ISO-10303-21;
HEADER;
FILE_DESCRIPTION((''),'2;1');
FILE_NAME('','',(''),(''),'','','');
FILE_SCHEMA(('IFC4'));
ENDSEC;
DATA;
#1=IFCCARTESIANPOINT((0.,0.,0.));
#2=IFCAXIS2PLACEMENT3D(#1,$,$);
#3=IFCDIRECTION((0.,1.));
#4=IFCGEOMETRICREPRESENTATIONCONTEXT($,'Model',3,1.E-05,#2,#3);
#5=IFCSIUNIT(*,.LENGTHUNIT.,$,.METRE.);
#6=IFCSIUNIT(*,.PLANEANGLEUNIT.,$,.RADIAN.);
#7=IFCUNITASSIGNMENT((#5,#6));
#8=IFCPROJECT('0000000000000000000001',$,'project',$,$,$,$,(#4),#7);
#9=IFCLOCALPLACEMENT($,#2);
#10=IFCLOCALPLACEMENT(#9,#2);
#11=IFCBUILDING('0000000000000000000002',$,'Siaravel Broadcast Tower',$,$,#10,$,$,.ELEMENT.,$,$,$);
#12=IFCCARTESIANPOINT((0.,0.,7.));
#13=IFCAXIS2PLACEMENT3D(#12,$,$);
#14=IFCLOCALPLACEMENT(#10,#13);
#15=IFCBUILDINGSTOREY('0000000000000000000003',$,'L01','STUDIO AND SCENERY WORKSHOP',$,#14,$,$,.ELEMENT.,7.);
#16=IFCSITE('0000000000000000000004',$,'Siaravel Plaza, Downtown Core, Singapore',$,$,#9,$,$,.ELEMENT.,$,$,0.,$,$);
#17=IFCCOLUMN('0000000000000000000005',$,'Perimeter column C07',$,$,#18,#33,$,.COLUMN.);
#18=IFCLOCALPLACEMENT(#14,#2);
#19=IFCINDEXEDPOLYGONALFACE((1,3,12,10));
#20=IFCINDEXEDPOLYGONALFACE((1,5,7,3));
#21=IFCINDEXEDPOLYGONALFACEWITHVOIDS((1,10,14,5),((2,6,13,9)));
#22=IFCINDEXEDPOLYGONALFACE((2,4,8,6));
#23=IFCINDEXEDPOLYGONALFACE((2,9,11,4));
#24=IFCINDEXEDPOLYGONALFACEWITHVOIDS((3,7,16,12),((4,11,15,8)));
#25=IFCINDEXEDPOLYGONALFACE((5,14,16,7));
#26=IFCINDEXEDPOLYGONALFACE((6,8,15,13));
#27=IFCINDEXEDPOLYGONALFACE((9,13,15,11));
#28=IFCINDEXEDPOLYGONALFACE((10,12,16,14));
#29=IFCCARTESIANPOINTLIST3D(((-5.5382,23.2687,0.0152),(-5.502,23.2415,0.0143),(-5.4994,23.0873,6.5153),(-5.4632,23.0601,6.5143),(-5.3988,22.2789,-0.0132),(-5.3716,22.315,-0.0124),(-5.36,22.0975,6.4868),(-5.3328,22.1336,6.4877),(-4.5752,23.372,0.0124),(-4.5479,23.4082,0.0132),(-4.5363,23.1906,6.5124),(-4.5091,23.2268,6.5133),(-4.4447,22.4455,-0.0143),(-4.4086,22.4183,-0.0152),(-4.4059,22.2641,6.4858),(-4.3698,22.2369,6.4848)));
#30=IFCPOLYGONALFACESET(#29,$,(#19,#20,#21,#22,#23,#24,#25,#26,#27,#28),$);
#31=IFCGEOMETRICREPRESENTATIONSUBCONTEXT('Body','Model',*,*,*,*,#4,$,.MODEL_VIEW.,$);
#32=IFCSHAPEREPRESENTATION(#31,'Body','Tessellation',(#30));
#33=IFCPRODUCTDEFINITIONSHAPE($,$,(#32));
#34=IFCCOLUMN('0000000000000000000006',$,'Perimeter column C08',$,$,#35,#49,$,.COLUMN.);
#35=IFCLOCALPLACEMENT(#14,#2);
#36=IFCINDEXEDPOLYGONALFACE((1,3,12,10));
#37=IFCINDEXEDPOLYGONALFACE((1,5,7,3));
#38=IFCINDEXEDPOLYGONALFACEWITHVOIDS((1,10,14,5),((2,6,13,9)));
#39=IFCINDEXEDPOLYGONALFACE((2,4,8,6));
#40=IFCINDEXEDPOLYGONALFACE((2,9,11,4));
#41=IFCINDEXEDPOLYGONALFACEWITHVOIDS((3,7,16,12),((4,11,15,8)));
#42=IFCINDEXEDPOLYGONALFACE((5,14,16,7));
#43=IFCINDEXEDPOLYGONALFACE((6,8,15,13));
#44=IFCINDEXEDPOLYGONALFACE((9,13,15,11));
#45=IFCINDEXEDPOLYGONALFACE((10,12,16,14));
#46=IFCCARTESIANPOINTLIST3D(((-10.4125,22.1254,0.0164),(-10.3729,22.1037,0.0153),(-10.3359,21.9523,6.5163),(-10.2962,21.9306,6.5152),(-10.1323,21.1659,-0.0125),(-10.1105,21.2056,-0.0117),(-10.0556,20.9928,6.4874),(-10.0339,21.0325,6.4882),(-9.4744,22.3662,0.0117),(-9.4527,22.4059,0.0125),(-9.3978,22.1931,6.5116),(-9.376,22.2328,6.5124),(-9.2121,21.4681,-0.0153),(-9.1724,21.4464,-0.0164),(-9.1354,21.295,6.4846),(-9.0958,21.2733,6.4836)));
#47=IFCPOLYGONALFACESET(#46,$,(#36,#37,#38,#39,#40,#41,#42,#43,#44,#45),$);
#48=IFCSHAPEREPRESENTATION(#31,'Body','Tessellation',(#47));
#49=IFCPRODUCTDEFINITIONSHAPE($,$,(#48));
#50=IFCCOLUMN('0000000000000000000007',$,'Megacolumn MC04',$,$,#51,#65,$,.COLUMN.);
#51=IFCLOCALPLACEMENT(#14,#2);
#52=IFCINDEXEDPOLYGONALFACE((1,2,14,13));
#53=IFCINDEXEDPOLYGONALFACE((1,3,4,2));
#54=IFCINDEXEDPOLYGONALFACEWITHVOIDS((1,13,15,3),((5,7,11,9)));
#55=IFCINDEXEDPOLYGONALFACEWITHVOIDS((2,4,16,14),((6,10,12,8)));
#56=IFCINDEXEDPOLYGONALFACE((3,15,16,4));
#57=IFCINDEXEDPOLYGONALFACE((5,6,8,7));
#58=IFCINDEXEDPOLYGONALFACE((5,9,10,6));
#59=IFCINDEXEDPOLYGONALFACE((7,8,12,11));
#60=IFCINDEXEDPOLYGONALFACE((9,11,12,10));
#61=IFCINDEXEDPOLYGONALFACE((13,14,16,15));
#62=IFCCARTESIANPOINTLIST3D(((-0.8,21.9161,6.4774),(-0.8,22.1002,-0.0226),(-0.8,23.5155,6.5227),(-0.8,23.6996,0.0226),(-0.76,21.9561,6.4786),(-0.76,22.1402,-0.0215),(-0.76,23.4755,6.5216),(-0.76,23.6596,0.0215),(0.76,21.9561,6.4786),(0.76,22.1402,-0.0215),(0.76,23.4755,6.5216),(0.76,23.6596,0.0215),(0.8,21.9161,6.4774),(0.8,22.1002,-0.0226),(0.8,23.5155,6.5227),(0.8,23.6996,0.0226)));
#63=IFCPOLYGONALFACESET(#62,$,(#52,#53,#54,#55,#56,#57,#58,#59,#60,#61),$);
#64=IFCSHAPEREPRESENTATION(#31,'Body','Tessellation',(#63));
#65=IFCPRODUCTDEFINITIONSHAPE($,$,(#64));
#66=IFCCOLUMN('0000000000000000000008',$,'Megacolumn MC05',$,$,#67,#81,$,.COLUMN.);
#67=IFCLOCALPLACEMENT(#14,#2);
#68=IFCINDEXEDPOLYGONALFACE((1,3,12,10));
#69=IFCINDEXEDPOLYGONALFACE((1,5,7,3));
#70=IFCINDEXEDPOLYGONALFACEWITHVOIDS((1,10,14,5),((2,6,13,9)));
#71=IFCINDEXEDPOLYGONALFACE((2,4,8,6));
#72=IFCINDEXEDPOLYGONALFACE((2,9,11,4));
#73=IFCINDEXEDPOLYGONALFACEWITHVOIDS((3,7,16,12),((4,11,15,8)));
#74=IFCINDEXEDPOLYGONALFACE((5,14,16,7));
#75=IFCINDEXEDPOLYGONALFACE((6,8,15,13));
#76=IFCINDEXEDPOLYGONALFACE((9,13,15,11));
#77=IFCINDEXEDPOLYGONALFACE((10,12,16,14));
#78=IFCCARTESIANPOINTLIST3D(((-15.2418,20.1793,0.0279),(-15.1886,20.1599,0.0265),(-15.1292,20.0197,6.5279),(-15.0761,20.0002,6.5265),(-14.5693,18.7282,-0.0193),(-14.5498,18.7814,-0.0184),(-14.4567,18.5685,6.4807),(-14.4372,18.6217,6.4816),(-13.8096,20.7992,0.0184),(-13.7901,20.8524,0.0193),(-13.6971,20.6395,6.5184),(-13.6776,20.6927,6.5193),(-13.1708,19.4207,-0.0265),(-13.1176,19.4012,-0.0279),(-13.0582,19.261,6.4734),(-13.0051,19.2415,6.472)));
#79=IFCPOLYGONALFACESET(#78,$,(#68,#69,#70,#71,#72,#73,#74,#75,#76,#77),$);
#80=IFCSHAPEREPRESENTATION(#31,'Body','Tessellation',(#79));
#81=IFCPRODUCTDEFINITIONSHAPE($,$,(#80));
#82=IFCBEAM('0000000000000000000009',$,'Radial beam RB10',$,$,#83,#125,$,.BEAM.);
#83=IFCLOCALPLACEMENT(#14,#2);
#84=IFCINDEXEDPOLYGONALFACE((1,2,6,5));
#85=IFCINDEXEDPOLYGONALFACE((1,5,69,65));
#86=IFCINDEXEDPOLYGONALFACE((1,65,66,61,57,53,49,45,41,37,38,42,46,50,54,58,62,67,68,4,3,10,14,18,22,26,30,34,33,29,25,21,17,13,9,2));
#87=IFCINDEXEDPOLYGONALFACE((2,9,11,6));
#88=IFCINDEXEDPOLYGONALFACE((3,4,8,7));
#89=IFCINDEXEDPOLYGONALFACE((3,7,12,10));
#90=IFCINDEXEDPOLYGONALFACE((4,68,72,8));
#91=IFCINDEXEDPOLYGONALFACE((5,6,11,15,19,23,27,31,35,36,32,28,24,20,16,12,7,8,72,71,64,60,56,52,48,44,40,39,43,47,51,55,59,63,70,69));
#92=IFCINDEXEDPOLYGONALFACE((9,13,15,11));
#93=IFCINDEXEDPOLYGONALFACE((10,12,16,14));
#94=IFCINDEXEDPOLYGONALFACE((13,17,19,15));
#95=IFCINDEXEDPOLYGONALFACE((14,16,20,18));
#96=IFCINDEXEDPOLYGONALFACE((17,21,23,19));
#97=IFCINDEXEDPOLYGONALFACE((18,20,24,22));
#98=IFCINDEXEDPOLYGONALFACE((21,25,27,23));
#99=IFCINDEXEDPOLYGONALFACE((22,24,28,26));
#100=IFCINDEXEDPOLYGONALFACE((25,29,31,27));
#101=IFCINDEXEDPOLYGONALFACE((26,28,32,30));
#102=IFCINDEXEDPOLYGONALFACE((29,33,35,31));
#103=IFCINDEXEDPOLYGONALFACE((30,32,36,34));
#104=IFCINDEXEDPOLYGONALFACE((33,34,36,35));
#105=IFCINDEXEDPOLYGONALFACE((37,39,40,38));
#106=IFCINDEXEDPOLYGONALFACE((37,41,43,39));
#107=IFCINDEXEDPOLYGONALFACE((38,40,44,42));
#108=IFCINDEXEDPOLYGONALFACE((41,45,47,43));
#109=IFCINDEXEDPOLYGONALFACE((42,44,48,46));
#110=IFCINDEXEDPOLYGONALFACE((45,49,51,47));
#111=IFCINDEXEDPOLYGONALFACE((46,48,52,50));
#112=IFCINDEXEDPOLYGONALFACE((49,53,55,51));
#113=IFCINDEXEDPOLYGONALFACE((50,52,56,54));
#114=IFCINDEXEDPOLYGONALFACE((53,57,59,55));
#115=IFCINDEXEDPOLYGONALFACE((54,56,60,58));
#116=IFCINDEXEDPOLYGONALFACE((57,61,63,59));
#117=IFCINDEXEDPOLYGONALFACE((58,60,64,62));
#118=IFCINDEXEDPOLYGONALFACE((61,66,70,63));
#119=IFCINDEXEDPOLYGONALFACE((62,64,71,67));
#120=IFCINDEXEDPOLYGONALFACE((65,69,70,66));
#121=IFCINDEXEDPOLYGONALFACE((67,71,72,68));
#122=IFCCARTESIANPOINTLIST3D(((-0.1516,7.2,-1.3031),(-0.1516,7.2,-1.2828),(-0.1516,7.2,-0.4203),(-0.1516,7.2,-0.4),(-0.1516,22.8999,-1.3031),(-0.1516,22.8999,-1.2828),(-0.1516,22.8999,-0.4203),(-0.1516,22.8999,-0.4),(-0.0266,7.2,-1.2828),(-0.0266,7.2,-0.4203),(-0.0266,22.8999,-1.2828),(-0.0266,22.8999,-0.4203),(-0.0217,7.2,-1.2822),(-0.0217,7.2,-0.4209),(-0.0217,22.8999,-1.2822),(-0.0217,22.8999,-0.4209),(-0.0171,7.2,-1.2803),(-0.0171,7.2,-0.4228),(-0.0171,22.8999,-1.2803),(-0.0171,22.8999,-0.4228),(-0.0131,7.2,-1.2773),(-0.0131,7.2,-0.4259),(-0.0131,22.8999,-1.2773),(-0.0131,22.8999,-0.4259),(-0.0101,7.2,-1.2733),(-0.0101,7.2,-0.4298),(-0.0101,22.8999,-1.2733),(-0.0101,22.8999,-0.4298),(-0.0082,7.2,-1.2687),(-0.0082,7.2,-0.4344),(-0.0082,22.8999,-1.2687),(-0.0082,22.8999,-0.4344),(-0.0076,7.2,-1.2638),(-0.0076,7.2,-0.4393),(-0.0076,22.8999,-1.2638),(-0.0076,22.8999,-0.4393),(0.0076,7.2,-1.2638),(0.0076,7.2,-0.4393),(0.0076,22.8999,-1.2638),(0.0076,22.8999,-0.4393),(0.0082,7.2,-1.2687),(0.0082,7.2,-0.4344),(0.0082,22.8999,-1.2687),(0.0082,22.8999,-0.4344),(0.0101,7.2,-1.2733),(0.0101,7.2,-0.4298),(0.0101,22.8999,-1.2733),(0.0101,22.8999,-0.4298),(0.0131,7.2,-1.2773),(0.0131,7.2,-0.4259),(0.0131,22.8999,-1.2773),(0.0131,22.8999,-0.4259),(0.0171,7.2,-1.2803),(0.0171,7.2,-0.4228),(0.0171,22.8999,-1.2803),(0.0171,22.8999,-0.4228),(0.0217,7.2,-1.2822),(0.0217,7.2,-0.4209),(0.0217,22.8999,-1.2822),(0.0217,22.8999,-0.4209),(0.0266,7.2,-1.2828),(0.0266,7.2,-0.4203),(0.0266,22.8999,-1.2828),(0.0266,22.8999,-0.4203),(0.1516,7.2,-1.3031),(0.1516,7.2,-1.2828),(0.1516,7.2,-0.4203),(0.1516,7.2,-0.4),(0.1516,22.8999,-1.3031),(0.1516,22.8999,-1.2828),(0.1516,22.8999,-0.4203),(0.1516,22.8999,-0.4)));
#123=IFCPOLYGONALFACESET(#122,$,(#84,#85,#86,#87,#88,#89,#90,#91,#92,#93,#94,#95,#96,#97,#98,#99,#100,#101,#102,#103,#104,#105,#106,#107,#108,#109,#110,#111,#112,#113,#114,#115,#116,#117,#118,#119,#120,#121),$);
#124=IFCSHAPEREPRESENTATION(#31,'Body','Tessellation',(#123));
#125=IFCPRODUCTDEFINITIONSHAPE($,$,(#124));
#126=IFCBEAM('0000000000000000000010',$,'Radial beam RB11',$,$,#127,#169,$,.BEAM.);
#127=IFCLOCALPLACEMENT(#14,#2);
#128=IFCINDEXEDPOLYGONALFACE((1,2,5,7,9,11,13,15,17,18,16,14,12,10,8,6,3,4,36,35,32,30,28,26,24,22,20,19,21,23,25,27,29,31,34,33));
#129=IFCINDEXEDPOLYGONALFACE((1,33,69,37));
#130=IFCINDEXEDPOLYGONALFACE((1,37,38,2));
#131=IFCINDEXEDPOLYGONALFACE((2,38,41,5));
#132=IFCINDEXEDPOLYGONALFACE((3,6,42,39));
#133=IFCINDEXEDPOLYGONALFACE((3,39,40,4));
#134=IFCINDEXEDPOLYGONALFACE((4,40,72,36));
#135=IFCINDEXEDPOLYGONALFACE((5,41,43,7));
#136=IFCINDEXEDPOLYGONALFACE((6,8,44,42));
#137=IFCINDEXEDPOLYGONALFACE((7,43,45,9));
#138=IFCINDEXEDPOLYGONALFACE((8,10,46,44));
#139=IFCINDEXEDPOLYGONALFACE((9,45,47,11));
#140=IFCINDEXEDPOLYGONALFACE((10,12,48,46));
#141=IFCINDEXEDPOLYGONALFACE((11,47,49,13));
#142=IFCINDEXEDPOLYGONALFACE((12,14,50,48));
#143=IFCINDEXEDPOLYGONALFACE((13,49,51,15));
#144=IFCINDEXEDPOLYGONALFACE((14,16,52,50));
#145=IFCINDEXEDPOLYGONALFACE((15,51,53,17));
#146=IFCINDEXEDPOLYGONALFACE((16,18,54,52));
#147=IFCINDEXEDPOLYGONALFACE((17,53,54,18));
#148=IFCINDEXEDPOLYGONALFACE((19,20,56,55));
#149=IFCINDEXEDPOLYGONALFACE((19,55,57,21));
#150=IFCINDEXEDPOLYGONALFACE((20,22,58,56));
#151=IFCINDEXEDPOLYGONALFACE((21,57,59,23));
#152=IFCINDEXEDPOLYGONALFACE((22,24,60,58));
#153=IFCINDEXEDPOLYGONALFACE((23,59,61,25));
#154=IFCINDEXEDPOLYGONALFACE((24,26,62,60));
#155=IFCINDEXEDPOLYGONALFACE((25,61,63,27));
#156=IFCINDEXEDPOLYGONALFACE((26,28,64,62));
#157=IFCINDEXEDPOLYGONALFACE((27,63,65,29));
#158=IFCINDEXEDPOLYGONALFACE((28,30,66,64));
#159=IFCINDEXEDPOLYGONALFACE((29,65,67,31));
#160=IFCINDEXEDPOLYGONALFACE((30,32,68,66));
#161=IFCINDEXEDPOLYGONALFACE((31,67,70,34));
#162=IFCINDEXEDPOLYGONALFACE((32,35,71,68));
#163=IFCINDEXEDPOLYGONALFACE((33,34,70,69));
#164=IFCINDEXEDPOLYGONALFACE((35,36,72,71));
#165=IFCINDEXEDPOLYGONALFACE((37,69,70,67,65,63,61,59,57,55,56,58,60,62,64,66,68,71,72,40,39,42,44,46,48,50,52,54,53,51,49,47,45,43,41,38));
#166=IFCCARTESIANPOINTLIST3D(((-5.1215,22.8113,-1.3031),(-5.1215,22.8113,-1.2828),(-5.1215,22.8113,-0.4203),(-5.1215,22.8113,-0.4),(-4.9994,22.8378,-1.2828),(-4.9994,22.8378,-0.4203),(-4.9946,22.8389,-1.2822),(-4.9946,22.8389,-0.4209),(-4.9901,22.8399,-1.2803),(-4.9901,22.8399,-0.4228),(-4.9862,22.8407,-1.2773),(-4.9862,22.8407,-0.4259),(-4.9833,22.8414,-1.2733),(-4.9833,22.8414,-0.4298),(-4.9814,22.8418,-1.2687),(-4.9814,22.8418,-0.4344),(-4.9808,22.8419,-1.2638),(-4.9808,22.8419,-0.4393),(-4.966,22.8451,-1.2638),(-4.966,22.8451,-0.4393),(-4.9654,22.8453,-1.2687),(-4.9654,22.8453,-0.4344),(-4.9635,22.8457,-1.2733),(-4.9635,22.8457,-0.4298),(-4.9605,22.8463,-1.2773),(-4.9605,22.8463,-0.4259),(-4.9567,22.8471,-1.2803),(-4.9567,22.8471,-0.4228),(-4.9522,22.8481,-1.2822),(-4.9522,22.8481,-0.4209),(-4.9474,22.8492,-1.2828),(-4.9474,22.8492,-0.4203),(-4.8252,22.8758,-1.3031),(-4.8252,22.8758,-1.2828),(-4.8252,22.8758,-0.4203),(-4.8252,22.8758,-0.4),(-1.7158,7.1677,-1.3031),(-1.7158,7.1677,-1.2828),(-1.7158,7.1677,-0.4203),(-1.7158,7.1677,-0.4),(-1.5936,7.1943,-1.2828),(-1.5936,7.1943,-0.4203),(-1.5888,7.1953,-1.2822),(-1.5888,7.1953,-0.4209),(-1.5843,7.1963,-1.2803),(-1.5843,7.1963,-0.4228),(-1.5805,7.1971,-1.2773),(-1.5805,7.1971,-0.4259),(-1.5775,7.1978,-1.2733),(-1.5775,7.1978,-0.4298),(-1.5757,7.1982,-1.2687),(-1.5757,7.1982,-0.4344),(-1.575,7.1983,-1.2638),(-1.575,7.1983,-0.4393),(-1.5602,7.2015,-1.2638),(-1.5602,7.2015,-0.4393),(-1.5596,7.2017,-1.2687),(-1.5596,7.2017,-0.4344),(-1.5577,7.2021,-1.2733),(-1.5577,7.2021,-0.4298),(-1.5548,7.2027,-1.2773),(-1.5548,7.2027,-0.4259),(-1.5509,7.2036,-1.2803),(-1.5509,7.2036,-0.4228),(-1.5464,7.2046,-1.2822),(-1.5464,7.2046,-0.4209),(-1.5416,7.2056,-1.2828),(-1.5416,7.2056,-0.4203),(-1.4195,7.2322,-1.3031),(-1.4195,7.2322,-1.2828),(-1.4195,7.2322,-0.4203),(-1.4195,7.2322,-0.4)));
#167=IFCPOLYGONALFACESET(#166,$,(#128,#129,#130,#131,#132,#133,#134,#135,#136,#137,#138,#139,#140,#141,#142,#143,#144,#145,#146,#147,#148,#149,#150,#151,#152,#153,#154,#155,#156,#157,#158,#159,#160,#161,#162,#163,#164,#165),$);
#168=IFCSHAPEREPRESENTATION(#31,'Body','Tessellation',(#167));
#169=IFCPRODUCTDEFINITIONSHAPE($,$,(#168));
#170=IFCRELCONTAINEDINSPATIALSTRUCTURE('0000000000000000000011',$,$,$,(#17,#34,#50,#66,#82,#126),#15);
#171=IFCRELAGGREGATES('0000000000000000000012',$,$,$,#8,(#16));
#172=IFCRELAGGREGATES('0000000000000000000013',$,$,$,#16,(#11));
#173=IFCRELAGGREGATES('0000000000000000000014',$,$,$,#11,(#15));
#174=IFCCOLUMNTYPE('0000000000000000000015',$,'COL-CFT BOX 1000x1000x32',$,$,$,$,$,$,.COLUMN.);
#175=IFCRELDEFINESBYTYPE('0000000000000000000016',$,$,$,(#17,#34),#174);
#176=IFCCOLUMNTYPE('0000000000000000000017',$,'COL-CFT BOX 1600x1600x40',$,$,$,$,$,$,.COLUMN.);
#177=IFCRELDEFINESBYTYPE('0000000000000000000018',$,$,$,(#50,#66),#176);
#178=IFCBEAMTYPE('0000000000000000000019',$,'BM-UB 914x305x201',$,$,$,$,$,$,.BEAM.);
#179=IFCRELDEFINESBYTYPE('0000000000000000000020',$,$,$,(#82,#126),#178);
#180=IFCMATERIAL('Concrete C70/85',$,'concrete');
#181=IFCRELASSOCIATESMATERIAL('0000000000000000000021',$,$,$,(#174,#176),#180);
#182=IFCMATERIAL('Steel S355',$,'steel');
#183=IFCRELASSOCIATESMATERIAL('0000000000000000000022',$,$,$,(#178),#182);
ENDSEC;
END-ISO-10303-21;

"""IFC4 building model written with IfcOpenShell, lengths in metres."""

from ifc_helpers import new_model, si_unit, direction, frame, origin, origin_2d, place, context, subcontext, project, spatial, hollow_rectangle, i_section, extrude, material, material_profile, profile_set, type_object, element, save


model = new_model("IFC4")

# Units and contexts
model_context = context("Model", 3, precision=1e-05, world=origin(), true_north=direction((0.0, 1.0)))
body_context = subcontext(model_context, "Body", "Model", "MODEL_VIEW")
ifc_project = project(units=[si_unit("LENGTHUNIT", "METRE"), si_unit("PLANEANGLEUNIT", "RADIAN")], contexts=[model_context])

# Site, building, storey
site_placement = place(None, origin())
site = spatial("IfcSite", under=ifc_project, at=site_placement, Name="Siaravel Plaza, Downtown Core, Singapore", CompositionType="ELEMENT", RefElevation=0.0)
building_placement = place(site_placement, origin())
building = spatial("IfcBuilding", under=site, at=building_placement, Name="Siaravel Broadcast Tower", CompositionType="ELEMENT")
storey_placement = place(building_placement, frame((0.0, 0.0, 7.0)))
storey = spatial("IfcBuildingStorey", under=building, at=storey_placement, Name="L01", Description="STUDIO AND SCENERY WORKSHOP", CompositionType="ELEMENT", Elevation=7.0)

# Columns
ifc_material_1 = material(Name="Concrete C70/85", Category="concrete")
ifc_material_profile_1 = material_profile(ifc_material_1, hollow_rectangle(XDim=1.0, YDim=1.0, WallThickness=0.032, at=origin_2d()))
ifc_profile_set_1 = profile_set([ifc_material_profile_1], Name="Concrete C70/85")
column_type_1 = type_object("IfcColumnType", Name="COL-CFT BOX 1000x1000x32", PredefinedType="COLUMN", material=ifc_profile_set_1)
for number, where, z_axis, x_axis, name in (
    (1, (-4.9734, 22.8435, 0.0), (0.00597, -0.027896, 0.999593), (0.990226, 0.13946, -0.002022), "Perimeter column C07"),
    (2, (-9.7925, 21.7859, 0.0), (0.011789, -0.026619, 0.999576), (0.959854, 0.280474, -0.003851), "Perimeter column C08"),
):
    element("IfcColumn", number, at=place(storey_placement, frame(where, z_axis=z_axis, x_axis=x_axis)), inside=storey, type_object=column_type_1, Name=name, PredefinedType="COLUMN", context=body_context, shape_type="SweptSolid", body=[
        extrude(hollow_rectangle(XDim=1.0, YDim=1.0, WallThickness=0.032, at=origin_2d()), origin(), (0.0, 0.0, 1.0), 6.5027),
    ])
ifc_material_profile_2 = material_profile(ifc_material_1, hollow_rectangle(XDim=1.6001, YDim=1.6001, WallThickness=0.04, at=origin_2d()))
ifc_profile_set_2 = profile_set([ifc_material_profile_2], Name="Concrete C70/85")
column_type_2 = type_object("IfcColumnType", Name="COL-CFT BOX 1600x1600x40", PredefinedType="COLUMN", material=ifc_profile_set_2)
column_1_placement = place(storey_placement, frame((0.0, 22.8999, 0.0), z_axis=(0.0, -0.028309, 0.999599), x_axis=(1.0, 0.0, 0.0)))
element("IfcColumn", 3, at=column_1_placement, inside=storey, type_object=column_type_2, Name="Megacolumn MC04", PredefinedType="COLUMN", context=body_context, shape_type="SweptSolid", body=[
    extrude(hollow_rectangle(XDim=1.6001, YDim=1.6001, WallThickness=0.04, at=origin_2d()), origin(), (0.0, 0.0, 1.0), 6.5027),
])
column_2_placement = place(storey_placement, frame((-14.1797, 19.7903, 0.0), z_axis=(0.017307, -0.024553, 0.999549), x_axis=(0.907227, 0.420607, -0.005377)))
element("IfcColumn", 4, at=column_2_placement, inside=storey, type_object=column_type_2, Name="Megacolumn MC05", PredefinedType="COLUMN", context=body_context, shape_type="SweptSolid", body=[
    extrude(hollow_rectangle(XDim=1.6001, YDim=1.6001, WallThickness=0.04, at=origin_2d()), origin(), (0.0, 0.0, 1.0), 6.5029),
])

# Beams
ifc_material_2 = material(Name="Steel S355", Category="steel")
ifc_material_profile_3 = material_profile(ifc_material_2, i_section(OverallWidth=0.3032, OverallDepth=0.9031, WebThickness=0.0151, FlangeThickness=0.0203, FilletRadius=0.019, at=origin_2d()))
ifc_profile_set_3 = profile_set([ifc_material_profile_3], Name="Steel S355")
beam_type = type_object("IfcBeamType", Name="BM-UB 914x305x201", PredefinedType="BEAM", material=ifc_profile_set_3)
beam_1_placement = place(storey_placement, frame((0.0, 22.8999, -0.8516), z_axis=(0.0, -1.0, 0.0), x_axis=(1.0, 0.0, 0.0)))
element("IfcBeam", 5, at=beam_1_placement, inside=storey, type_object=beam_type, Name="Radial beam RB10", PredefinedType="BEAM", context=body_context, shape_type="SweptSolid", body=[
    extrude(i_section(OverallWidth=0.3032, OverallDepth=0.9031, WebThickness=0.0151, FlangeThickness=0.0203, FilletRadius=0.019, at=origin_2d()), origin(), (0.0, 0.0, 1.0), 15.7),
])
beam_2_placement = place(storey_placement, frame((-4.9734, 22.8435, -0.8516), z_axis=(0.212727, -0.977112, 0.0), x_axis=(0.977112, 0.212727, 0.0)))
element("IfcBeam", 6, at=beam_2_placement, inside=storey, type_object=beam_type, Name="Radial beam RB11", PredefinedType="BEAM", context=body_context, shape_type="SweptSolid", body=[
    extrude(i_section(OverallWidth=0.3032, OverallDepth=0.9031, WebThickness=0.0151, FlangeThickness=0.0203, FilletRadius=0.019, at=origin_2d()), origin(), (0.0, 0.0, 1.0), 16.01),
])

save(model, "model.ifc")
